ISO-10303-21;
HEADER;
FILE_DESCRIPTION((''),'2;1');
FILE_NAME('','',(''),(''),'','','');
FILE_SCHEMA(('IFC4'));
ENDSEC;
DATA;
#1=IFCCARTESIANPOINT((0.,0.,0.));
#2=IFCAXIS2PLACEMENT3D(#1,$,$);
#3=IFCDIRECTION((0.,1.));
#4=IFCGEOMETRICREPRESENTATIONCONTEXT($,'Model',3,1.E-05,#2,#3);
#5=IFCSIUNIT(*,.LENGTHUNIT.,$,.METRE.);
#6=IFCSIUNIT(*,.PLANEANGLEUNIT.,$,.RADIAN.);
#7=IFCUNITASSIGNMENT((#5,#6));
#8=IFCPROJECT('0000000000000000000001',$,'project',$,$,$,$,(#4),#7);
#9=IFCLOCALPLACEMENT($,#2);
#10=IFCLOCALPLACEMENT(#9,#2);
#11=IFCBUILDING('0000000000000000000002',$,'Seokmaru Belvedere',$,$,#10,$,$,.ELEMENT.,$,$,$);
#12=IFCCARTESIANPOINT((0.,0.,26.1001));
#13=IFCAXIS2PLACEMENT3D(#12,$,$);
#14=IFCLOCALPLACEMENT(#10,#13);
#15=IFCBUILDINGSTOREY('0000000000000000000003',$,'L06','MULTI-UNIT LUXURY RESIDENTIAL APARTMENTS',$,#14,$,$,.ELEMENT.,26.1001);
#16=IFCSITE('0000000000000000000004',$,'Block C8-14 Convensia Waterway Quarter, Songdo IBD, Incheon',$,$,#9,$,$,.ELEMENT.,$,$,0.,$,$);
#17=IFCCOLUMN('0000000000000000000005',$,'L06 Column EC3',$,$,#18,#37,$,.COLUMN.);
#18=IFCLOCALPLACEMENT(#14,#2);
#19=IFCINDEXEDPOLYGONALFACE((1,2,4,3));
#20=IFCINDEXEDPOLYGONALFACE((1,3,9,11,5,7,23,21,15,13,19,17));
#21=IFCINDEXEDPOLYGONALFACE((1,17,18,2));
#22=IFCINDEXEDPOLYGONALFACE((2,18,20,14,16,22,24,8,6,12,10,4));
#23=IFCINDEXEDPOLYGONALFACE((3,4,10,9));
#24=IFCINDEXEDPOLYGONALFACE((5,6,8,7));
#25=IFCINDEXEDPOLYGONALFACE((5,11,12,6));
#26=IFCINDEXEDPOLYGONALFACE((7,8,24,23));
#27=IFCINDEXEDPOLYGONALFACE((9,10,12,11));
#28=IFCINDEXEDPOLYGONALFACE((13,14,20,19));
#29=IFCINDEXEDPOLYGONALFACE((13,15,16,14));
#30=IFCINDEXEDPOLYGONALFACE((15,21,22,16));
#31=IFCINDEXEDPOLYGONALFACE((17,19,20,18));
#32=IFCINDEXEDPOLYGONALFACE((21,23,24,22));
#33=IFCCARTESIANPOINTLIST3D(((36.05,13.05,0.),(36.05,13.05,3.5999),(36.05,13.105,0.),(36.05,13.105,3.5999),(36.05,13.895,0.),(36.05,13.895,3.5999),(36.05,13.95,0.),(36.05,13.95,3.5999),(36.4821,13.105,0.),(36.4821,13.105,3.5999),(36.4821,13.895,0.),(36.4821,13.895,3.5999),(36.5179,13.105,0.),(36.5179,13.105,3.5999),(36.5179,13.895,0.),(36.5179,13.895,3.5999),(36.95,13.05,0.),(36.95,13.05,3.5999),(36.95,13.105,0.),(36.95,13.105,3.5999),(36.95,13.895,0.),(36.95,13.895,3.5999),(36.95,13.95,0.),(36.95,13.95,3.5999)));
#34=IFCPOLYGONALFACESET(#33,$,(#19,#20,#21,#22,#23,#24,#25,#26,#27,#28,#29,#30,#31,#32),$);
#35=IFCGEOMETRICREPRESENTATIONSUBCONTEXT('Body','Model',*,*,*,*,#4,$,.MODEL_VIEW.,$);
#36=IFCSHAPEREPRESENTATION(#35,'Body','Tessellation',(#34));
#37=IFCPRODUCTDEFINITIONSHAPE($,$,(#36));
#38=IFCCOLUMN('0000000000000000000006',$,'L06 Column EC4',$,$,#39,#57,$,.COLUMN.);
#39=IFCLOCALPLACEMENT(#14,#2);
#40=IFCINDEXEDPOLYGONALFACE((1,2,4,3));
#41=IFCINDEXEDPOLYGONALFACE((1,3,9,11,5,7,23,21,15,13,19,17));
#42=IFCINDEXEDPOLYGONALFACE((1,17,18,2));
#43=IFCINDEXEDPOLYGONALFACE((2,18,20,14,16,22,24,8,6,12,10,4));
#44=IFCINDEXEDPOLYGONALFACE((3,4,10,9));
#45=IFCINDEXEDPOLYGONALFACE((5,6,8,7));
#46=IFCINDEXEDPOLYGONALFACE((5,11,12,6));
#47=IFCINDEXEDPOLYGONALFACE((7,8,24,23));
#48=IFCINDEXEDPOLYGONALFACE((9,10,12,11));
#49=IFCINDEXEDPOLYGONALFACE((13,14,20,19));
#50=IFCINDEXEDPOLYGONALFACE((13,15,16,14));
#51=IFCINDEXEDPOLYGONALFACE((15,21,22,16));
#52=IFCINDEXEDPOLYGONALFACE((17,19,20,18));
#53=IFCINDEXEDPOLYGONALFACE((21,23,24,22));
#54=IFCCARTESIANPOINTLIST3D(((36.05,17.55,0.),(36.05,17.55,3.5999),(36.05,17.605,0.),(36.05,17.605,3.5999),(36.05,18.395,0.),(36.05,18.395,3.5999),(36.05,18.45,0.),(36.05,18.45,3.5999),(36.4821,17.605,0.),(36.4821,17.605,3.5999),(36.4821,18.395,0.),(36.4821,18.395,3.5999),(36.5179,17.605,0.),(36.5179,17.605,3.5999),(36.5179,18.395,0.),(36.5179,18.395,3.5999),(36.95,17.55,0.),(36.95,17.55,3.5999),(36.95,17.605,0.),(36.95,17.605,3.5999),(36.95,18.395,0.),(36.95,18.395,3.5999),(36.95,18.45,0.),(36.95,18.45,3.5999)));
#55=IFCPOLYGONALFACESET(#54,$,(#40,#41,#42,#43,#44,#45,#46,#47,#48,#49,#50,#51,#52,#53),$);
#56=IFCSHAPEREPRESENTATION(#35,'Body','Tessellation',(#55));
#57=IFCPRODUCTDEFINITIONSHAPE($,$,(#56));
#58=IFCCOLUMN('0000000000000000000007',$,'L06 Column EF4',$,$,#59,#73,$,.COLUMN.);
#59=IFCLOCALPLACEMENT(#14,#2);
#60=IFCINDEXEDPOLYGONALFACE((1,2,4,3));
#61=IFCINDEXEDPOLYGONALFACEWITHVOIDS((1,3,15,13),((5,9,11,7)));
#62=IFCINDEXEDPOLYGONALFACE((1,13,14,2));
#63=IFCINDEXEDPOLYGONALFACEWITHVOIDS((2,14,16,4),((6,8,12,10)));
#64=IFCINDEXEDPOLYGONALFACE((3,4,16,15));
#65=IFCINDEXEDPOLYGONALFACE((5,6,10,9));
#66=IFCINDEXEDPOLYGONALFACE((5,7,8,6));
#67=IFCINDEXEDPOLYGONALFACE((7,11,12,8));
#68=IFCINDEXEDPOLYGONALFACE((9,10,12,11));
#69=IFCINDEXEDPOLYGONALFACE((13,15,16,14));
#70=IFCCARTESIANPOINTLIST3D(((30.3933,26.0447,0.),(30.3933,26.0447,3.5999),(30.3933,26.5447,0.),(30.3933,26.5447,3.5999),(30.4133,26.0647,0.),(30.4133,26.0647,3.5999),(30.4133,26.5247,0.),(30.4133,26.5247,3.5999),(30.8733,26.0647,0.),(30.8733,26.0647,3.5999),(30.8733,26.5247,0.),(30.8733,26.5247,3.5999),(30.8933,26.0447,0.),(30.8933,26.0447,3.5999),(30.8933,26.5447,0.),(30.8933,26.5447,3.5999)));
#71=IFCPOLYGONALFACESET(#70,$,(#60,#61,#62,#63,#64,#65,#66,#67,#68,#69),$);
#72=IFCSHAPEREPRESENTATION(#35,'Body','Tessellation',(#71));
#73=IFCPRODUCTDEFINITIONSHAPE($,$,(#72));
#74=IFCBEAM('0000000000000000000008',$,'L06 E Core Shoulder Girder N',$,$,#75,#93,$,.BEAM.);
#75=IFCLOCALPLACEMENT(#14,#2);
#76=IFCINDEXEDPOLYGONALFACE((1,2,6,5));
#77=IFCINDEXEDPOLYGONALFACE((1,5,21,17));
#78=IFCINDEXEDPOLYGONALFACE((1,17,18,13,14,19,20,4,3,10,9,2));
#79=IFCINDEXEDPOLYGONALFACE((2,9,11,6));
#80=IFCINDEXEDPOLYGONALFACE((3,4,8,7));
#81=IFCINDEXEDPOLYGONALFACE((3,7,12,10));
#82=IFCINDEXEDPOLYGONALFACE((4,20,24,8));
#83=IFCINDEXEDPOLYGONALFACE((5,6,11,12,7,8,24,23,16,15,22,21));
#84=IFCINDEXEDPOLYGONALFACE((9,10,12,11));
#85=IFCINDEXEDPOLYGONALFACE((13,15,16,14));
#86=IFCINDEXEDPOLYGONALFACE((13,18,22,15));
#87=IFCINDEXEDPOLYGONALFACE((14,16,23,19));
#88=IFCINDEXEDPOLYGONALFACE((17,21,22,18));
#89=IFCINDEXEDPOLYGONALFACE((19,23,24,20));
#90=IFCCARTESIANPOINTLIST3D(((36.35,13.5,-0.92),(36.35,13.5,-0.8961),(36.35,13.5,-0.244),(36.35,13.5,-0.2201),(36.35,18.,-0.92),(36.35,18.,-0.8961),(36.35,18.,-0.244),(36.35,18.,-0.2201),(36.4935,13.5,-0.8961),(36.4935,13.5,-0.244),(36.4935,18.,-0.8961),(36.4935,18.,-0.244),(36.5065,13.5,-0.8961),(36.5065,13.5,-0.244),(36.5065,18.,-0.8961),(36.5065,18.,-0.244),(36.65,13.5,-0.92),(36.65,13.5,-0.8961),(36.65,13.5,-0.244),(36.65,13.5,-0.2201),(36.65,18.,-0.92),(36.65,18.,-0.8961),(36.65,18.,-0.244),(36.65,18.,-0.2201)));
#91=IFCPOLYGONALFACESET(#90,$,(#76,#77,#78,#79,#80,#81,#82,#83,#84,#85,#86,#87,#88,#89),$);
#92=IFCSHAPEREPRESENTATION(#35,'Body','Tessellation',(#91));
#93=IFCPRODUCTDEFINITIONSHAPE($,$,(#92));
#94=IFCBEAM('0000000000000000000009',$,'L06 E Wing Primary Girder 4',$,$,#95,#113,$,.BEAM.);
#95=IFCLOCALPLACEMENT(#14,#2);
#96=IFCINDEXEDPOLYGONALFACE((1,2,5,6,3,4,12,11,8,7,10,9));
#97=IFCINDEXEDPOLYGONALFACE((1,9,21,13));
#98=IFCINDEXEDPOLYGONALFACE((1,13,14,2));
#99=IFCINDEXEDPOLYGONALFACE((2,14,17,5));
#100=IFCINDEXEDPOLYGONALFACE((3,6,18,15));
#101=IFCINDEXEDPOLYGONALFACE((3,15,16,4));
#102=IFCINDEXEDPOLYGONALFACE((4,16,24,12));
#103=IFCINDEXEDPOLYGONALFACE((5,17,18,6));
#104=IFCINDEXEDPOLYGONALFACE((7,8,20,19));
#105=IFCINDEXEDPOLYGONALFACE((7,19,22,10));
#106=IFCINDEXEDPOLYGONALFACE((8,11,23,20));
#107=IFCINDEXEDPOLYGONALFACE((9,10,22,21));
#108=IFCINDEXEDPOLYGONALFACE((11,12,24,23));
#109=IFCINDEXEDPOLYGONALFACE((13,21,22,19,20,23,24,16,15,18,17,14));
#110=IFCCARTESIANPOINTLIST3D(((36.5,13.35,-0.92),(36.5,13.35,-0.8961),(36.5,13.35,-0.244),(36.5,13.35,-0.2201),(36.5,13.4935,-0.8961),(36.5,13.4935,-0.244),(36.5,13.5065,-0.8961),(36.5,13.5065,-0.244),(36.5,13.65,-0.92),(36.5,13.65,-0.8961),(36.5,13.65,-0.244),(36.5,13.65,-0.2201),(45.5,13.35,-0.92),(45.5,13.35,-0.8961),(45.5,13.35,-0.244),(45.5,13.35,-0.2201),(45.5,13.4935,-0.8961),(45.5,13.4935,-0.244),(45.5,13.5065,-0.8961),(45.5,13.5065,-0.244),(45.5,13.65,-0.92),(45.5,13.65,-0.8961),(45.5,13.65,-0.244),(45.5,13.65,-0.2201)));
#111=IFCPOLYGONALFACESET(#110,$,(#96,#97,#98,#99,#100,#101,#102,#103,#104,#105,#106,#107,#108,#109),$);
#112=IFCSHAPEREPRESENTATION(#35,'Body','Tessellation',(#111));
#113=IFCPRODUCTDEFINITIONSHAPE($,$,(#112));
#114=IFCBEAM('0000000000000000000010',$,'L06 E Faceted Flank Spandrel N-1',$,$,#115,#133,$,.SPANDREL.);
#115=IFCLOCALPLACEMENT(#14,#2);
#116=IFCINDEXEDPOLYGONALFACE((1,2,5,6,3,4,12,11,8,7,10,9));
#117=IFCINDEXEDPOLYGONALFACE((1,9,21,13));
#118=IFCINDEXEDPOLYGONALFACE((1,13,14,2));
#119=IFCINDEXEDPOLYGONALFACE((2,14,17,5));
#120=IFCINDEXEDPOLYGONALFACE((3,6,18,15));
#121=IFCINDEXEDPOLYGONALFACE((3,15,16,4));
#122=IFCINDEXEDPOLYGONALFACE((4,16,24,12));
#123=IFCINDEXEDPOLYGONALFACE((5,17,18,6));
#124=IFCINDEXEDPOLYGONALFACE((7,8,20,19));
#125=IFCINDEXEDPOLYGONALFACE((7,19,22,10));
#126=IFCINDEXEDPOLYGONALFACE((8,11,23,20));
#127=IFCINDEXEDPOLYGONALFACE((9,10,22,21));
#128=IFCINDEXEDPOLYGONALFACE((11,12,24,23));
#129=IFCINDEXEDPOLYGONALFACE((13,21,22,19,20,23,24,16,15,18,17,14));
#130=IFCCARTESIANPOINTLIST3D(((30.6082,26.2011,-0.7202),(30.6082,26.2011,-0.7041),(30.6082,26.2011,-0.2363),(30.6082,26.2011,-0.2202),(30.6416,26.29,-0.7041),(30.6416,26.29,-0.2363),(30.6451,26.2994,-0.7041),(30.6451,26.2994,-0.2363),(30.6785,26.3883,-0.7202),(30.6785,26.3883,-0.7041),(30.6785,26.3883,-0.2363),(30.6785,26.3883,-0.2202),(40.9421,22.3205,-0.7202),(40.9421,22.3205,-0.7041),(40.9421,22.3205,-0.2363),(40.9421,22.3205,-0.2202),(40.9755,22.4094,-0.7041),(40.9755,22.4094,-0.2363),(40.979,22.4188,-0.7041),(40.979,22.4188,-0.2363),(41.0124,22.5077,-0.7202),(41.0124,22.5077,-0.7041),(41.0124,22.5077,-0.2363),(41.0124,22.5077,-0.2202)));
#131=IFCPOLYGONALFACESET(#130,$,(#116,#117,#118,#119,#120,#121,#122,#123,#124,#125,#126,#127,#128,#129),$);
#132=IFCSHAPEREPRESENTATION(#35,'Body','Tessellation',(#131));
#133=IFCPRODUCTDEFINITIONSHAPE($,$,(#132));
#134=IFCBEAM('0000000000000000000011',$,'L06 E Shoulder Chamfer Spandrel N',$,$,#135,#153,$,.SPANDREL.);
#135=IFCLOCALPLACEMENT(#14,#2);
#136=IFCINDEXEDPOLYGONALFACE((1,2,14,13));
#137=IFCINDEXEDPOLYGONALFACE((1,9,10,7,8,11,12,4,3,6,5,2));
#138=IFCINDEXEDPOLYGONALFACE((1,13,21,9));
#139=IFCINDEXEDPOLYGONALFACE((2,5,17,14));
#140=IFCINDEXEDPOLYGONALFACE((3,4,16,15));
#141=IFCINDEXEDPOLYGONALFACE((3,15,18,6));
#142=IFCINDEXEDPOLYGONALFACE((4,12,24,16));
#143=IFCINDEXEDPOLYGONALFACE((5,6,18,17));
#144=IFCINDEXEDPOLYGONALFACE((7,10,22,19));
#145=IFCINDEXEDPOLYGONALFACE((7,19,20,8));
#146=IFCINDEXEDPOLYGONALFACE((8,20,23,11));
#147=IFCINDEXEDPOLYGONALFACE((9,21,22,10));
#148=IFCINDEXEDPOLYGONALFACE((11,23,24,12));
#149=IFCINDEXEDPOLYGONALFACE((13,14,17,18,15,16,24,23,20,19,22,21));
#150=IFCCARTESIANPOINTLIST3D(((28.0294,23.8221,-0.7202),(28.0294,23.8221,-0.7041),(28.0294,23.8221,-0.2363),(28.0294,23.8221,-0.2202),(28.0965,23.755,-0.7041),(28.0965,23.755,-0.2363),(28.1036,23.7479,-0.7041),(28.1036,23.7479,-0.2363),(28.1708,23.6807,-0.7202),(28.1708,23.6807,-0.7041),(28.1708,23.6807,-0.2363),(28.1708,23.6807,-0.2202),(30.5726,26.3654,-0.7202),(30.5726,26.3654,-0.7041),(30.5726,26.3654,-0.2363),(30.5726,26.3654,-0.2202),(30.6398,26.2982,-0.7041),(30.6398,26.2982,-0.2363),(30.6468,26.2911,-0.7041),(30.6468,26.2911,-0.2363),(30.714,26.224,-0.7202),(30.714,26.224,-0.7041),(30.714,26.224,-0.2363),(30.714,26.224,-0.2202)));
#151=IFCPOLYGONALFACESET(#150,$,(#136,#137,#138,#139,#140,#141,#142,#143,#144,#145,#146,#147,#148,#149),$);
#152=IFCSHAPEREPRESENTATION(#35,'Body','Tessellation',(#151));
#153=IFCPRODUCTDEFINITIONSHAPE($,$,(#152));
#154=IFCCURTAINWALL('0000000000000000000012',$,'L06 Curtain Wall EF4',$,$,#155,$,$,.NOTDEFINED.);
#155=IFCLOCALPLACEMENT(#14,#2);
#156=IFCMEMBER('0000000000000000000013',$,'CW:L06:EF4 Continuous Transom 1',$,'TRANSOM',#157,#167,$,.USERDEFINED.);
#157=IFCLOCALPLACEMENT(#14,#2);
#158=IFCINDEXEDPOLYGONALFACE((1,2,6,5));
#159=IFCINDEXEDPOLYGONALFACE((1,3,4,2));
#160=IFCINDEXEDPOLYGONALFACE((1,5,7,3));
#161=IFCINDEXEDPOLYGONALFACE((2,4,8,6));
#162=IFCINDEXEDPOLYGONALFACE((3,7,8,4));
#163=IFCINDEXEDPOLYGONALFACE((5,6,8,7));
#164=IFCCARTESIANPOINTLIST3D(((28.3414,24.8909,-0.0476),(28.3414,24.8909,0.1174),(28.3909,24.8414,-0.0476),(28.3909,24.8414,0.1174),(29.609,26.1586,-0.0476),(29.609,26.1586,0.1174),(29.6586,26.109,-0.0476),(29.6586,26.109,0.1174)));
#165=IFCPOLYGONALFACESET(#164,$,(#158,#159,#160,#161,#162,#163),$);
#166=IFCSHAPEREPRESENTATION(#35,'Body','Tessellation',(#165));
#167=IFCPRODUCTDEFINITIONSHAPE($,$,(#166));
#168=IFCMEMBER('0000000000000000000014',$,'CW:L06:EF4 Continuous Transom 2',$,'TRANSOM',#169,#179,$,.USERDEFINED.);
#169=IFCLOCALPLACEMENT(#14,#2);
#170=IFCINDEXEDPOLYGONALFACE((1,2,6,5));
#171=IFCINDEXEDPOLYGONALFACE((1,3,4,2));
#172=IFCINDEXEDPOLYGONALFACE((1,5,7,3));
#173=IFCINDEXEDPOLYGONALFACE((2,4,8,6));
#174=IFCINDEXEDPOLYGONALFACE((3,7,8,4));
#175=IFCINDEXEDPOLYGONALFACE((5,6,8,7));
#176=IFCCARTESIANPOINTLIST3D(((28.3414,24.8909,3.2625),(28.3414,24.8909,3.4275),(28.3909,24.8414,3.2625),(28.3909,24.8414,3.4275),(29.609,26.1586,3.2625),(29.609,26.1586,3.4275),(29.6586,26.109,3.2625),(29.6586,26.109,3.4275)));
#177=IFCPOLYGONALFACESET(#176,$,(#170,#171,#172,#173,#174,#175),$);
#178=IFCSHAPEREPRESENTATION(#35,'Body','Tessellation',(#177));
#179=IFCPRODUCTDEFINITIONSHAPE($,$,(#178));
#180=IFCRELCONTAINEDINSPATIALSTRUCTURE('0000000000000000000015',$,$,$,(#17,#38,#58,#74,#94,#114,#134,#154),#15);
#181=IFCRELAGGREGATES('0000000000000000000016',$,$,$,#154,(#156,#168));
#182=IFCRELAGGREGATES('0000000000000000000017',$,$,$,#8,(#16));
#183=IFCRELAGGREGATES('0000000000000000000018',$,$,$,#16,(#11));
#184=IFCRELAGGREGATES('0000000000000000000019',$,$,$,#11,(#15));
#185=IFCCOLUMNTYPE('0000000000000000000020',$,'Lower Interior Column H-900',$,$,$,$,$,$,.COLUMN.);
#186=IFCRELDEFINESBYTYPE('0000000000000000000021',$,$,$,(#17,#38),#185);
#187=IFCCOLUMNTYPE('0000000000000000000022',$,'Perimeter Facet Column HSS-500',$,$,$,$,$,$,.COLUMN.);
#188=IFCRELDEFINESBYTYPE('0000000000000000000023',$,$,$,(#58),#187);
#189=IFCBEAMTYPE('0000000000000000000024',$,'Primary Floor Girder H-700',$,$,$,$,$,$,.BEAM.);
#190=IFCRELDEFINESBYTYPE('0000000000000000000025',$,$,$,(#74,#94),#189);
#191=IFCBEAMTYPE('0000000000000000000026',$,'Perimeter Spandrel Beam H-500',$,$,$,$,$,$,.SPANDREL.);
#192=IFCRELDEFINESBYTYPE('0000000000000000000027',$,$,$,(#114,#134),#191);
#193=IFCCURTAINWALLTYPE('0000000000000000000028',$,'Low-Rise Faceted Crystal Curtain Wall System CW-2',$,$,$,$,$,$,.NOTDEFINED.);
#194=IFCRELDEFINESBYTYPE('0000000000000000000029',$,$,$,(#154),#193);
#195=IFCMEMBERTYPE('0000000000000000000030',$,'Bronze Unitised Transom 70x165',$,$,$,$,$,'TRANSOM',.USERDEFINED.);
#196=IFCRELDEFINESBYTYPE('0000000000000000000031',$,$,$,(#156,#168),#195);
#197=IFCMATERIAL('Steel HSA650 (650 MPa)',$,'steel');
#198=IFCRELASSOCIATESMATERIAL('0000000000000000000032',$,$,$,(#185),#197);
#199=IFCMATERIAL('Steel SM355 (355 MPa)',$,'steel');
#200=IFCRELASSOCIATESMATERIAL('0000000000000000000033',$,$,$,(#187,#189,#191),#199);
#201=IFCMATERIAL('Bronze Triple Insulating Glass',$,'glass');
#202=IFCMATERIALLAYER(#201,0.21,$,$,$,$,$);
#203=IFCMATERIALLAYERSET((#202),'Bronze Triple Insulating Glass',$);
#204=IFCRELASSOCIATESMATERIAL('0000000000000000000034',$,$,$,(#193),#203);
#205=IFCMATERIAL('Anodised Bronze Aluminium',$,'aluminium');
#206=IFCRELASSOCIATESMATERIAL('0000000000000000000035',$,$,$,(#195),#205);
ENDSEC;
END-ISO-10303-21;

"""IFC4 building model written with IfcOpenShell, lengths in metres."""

from ifc_helpers import new_model, si_unit, direction, frame, origin, origin_2d, place, context, subcontext, project, spatial, rectangle, hollow_rectangle, i_section, extrude, source, transform, mapped, material, layer, layer_set, material_profile, profile_set, type_object, type_shapes, element, aggregate, save


model = new_model("IFC4")

# Units and contexts
model_context = context("Model", 3, precision=1e-05, world=origin(), true_north=direction((0.0, 1.0)))
body_context = subcontext(model_context, "Body", "Model", "MODEL_VIEW")
ifc_project = project(units=[si_unit("LENGTHUNIT", "METRE"), si_unit("PLANEANGLEUNIT", "RADIAN")], contexts=[model_context])

# Site, building, storey
site_placement = place(None, origin())
site = spatial("IfcSite", under=ifc_project, at=site_placement, Name="Block C8-14 Convensia Waterway Quarter, Songdo IBD, Incheon", CompositionType="ELEMENT", RefElevation=0.0)
building_placement = place(site_placement, origin())
building = spatial("IfcBuilding", under=site, at=building_placement, Name="Seokmaru Belvedere", CompositionType="ELEMENT")
storey_placement = place(building_placement, frame((0.0, 0.0, 26.1001)))
storey = spatial("IfcBuildingStorey", under=building, at=storey_placement, Name="L06", Description="MULTI-UNIT LUXURY RESIDENTIAL APARTMENTS", CompositionType="ELEMENT", Elevation=26.1001)

# Columns
ifc_material_1 = material(Name="Steel HSA650 (650 MPa)", Category="steel")
ifc_material_profile_1 = material_profile(ifc_material_1, i_section(OverallWidth=0.8999, OverallDepth=0.8999, WebThickness=0.0359, FlangeThickness=0.0549, at=origin_2d()), Name="H-900x900x36x55")
ifc_profile_set_1 = profile_set([ifc_material_profile_1], Name="Steel HSA650 (650 MPa)")
column_type_1 = type_object("IfcColumnType", Name="Lower Interior Column H-900", PredefinedType="COLUMN", material=ifc_profile_set_1)
shared_shape_1 = source(origin(), body_context, "Body", "SweptSolid", [
    extrude(i_section(OverallWidth=0.8999, OverallDepth=0.8999, WebThickness=0.0359, FlangeThickness=0.0549, at=origin_2d()), origin(), (0.0, 0.0, 1.0), 3.5999),
])
type_shapes(column_type_1, [shared_shape_1])
for number, where, z_axis, x_axis, name in (
    (1, (36.5, 13.5, 0.0), (0.0, 0.0, 1.0), (1.0, 0.0, 0.0), "L06 Column EC3"),
    (2, (36.5, 18.0, 0.0), (0.0, 0.0, 1.0), (1.0, 0.0, 0.0), "L06 Column EC4"),
):
    element("IfcColumn", number, at=place(storey_placement, frame(where, z_axis=z_axis, x_axis=x_axis)), inside=storey, type_object=column_type_1, Name=name, PredefinedType="COLUMN", context=body_context, shape_type="MappedRepresentation", body=[
        mapped(shared_shape_1, transform((0.0, 0.0, 0.0), scale=1.0)),
    ])
ifc_material_2 = material(Name="Steel SM355 (355 MPa)", Category="steel")
ifc_material_profile_2 = material_profile(ifc_material_2, hollow_rectangle(XDim=0.5, YDim=0.5, WallThickness=0.02, at=origin_2d()), Name="HSS-500x500x20")
ifc_profile_set_2 = profile_set([ifc_material_profile_2], Name="Steel SM355 (355 MPa)")
column_type_2 = type_object("IfcColumnType", Name="Perimeter Facet Column HSS-500", PredefinedType="COLUMN", material=ifc_profile_set_2)
shared_shape_2 = source(origin(), body_context, "Body", "SweptSolid", [
    extrude(hollow_rectangle(XDim=0.5, YDim=0.5, WallThickness=0.02, at=origin_2d()), origin(), (0.0, 0.0, 1.0), 3.5999),
])
type_shapes(column_type_2, [shared_shape_2])
column_placement = place(storey_placement, frame((30.6433, 26.2947, 0.0), z_axis=(0.0, 0.0, 1.0), x_axis=(1.0, 0.0, 0.0)))
element("IfcColumn", 3, at=column_placement, inside=storey, type_object=column_type_2, Name="L06 Column EF4", PredefinedType="COLUMN", context=body_context, shape_type="MappedRepresentation", body=[
    mapped(shared_shape_2, transform((0.0, 0.0, 0.0), scale=1.0)),
])

# Beams
ifc_material_profile_3 = material_profile(ifc_material_2, i_section(OverallWidth=0.3, OverallDepth=0.7, WebThickness=0.0129, FlangeThickness=0.0239, at=origin_2d()), Name="H-700x300x13x24")
ifc_profile_set_3 = profile_set([ifc_material_profile_3], Name="Steel SM355 (355 MPa)")
beam_type_1 = type_object("IfcBeamType", Name="Primary Floor Girder H-700", PredefinedType="BEAM", material=ifc_profile_set_3)
shared_shape_3 = source(origin(), body_context, "Body", "SweptSolid", [
    extrude(i_section(OverallWidth=0.3, OverallDepth=0.7, WebThickness=0.0129, FlangeThickness=0.0239, at=origin_2d()), origin(), (0.0, 0.0, 1.0), 4.5),
])
beam_1_placement = place(storey_placement, frame((36.5, 13.5, -0.5701), z_axis=(0.0, 1.0, 0.0), x_axis=(-1.0, 0.0, 0.0)))
element("IfcBeam", 4, at=beam_1_placement, inside=storey, type_object=beam_type_1, Name="L06 E Core Shoulder Girder N", PredefinedType="BEAM", context=body_context, shape_type="MappedRepresentation", body=[
    mapped(shared_shape_3, transform((0.0, 0.0, 0.0), scale=1.0)),
])
shared_shape_4 = source(origin(), body_context, "Body", "SweptSolid", [
    extrude(i_section(OverallWidth=0.3, OverallDepth=0.7, WebThickness=0.0129, FlangeThickness=0.0239, at=origin_2d()), origin(), (0.0, 0.0, 1.0), 9.0),
])
type_shapes(beam_type_1, [shared_shape_3, shared_shape_4])
beam_2_placement = place(storey_placement, frame((36.5, 13.5, -0.5701), z_axis=(1.0, 0.0, 0.0), x_axis=(0.0, 1.0, 0.0)))
element("IfcBeam", 5, at=beam_2_placement, inside=storey, type_object=beam_type_1, Name="L06 E Wing Primary Girder 4", PredefinedType="BEAM", context=body_context, shape_type="MappedRepresentation", body=[
    mapped(shared_shape_4, transform((0.0, 0.0, 0.0), scale=1.0)),
])
ifc_material_profile_4 = material_profile(ifc_material_2, i_section(OverallWidth=0.2, OverallDepth=0.5, WebThickness=0.01, FlangeThickness=0.0161, at=origin_2d()), Name="H-500x200x10x16")
ifc_profile_set_4 = profile_set([ifc_material_profile_4], Name="Steel SM355 (355 MPa)")
beam_type_2 = type_object("IfcBeamType", Name="Perimeter Spandrel Beam H-500", PredefinedType="SPANDREL", material=ifc_profile_set_4)
shared_shape_5 = source(origin(), body_context, "Body", "SweptSolid", [
    extrude(i_section(OverallWidth=0.2, OverallDepth=0.5, WebThickness=0.01, FlangeThickness=0.0161, at=origin_2d()), origin(), (0.0, 0.0, 1.0), 11.0386),
])
beam_3_placement = place(storey_placement, frame((30.6433, 26.2947, -0.4702), z_axis=(0.936169, -0.35155, 0.0), x_axis=(0.35155, 0.936169, 0.0)))
element("IfcBeam", 6, at=beam_3_placement, inside=storey, type_object=beam_type_2, Name="L06 E Faceted Flank Spandrel N-1", PredefinedType="SPANDREL", context=body_context, shape_type="MappedRepresentation", body=[
    mapped(shared_shape_5, transform((0.0, 0.0, 0.0), scale=1.0)),
])
shared_shape_6 = source(origin(), body_context, "Body", "SweptSolid", [
    extrude(i_section(OverallWidth=0.2, OverallDepth=0.5, WebThickness=0.01, FlangeThickness=0.0161, at=origin_2d()), origin(), (0.0, 0.0, 1.0), 3.5967),
])
type_shapes(beam_type_2, [shared_shape_5, shared_shape_6])
beam_4_placement = place(storey_placement, frame((30.6433, 26.2947, -0.4702), z_axis=(-0.707107, -0.707107, 0.0), x_axis=(0.707107, -0.707107, 0.0)))
element("IfcBeam", 7, at=beam_4_placement, inside=storey, type_object=beam_type_2, Name="L06 E Shoulder Chamfer Spandrel N", PredefinedType="SPANDREL", context=body_context, shape_type="MappedRepresentation", body=[
    mapped(shared_shape_6, transform((0.0, 0.0, 0.0), scale=1.0)),
])

# Curtain wall, members
ifc_material_3 = material(Name="Bronze Triple Insulating Glass", Category="glass")
ifc_layer_1 = layer(ifc_material_3, 0.21)
ifc_layer_set_1 = layer_set([ifc_layer_1], Name="Bronze Triple Insulating Glass")
curtain_wall_type = type_object("IfcCurtainWallType", Name="Low-Rise Faceted Crystal Curtain Wall System CW-2", PredefinedType="NOTDEFINED", material=ifc_layer_set_1)
curtain_wall_1_placement = place(storey_placement, origin())
curtain_wall_1 = element("IfcCurtainWall", 8, at=curtain_wall_1_placement, inside=storey, type_object=curtain_wall_type, Name="L06 Curtain Wall EF4", PredefinedType="NOTDEFINED")
ifc_material_4 = material(Name="Anodised Bronze Aluminium", Category="aluminium")
ifc_material_profile_5 = material_profile(ifc_material_4, rectangle(XDim=0.0701, YDim=0.165, at=origin_2d()), Name="CW-T-70x165")
ifc_profile_set_5 = profile_set([ifc_material_profile_5], Name="Anodised Bronze Aluminium")
member_type_1 = type_object("IfcMemberType", Name="Bronze Unitised Transom 70x165", ElementType="TRANSOM", PredefinedType="USERDEFINED", material=ifc_profile_set_5)
shared_shape_7 = source(origin(), body_context, "Body", "SweptSolid", [
    extrude(rectangle(XDim=0.0701, YDim=0.165, at=origin_2d()), origin(), (0.0, 0.0, 1.0), 1.7927),
])
type_shapes(member_type_1, [shared_shape_7])
member_1_placement = place(storey_placement, frame((29.6338, 26.1338, 0.0349), z_axis=(-0.707107, -0.707107, 0.0), x_axis=(0.707107, -0.707107, 0.0)))
member_1 = element("IfcMember", 9, at=member_1_placement, type_object=member_type_1, Name="CW:L06:EF4 Continuous Transom 1", ObjectType="TRANSOM", PredefinedType="USERDEFINED", context=body_context, shape_type="MappedRepresentation", body=[
    mapped(shared_shape_7, transform((0.0, 0.0, 0.0), scale=1.0)),
])
member_2_placement = place(storey_placement, frame((29.6338, 26.1338, 3.345), z_axis=(-0.707107, -0.707107, 0.0), x_axis=(0.707107, -0.707107, 0.0)))
member_2 = element("IfcMember", 10, at=member_2_placement, type_object=member_type_1, Name="CW:L06:EF4 Continuous Transom 2", ObjectType="TRANSOM", PredefinedType="USERDEFINED", context=body_context, shape_type="MappedRepresentation", body=[
    mapped(shared_shape_7, transform((0.0, 0.0, 0.0), scale=1.0)),
])

aggregate(curtain_wall_1, [member_1, member_2])

save(model, "model.ifc")
